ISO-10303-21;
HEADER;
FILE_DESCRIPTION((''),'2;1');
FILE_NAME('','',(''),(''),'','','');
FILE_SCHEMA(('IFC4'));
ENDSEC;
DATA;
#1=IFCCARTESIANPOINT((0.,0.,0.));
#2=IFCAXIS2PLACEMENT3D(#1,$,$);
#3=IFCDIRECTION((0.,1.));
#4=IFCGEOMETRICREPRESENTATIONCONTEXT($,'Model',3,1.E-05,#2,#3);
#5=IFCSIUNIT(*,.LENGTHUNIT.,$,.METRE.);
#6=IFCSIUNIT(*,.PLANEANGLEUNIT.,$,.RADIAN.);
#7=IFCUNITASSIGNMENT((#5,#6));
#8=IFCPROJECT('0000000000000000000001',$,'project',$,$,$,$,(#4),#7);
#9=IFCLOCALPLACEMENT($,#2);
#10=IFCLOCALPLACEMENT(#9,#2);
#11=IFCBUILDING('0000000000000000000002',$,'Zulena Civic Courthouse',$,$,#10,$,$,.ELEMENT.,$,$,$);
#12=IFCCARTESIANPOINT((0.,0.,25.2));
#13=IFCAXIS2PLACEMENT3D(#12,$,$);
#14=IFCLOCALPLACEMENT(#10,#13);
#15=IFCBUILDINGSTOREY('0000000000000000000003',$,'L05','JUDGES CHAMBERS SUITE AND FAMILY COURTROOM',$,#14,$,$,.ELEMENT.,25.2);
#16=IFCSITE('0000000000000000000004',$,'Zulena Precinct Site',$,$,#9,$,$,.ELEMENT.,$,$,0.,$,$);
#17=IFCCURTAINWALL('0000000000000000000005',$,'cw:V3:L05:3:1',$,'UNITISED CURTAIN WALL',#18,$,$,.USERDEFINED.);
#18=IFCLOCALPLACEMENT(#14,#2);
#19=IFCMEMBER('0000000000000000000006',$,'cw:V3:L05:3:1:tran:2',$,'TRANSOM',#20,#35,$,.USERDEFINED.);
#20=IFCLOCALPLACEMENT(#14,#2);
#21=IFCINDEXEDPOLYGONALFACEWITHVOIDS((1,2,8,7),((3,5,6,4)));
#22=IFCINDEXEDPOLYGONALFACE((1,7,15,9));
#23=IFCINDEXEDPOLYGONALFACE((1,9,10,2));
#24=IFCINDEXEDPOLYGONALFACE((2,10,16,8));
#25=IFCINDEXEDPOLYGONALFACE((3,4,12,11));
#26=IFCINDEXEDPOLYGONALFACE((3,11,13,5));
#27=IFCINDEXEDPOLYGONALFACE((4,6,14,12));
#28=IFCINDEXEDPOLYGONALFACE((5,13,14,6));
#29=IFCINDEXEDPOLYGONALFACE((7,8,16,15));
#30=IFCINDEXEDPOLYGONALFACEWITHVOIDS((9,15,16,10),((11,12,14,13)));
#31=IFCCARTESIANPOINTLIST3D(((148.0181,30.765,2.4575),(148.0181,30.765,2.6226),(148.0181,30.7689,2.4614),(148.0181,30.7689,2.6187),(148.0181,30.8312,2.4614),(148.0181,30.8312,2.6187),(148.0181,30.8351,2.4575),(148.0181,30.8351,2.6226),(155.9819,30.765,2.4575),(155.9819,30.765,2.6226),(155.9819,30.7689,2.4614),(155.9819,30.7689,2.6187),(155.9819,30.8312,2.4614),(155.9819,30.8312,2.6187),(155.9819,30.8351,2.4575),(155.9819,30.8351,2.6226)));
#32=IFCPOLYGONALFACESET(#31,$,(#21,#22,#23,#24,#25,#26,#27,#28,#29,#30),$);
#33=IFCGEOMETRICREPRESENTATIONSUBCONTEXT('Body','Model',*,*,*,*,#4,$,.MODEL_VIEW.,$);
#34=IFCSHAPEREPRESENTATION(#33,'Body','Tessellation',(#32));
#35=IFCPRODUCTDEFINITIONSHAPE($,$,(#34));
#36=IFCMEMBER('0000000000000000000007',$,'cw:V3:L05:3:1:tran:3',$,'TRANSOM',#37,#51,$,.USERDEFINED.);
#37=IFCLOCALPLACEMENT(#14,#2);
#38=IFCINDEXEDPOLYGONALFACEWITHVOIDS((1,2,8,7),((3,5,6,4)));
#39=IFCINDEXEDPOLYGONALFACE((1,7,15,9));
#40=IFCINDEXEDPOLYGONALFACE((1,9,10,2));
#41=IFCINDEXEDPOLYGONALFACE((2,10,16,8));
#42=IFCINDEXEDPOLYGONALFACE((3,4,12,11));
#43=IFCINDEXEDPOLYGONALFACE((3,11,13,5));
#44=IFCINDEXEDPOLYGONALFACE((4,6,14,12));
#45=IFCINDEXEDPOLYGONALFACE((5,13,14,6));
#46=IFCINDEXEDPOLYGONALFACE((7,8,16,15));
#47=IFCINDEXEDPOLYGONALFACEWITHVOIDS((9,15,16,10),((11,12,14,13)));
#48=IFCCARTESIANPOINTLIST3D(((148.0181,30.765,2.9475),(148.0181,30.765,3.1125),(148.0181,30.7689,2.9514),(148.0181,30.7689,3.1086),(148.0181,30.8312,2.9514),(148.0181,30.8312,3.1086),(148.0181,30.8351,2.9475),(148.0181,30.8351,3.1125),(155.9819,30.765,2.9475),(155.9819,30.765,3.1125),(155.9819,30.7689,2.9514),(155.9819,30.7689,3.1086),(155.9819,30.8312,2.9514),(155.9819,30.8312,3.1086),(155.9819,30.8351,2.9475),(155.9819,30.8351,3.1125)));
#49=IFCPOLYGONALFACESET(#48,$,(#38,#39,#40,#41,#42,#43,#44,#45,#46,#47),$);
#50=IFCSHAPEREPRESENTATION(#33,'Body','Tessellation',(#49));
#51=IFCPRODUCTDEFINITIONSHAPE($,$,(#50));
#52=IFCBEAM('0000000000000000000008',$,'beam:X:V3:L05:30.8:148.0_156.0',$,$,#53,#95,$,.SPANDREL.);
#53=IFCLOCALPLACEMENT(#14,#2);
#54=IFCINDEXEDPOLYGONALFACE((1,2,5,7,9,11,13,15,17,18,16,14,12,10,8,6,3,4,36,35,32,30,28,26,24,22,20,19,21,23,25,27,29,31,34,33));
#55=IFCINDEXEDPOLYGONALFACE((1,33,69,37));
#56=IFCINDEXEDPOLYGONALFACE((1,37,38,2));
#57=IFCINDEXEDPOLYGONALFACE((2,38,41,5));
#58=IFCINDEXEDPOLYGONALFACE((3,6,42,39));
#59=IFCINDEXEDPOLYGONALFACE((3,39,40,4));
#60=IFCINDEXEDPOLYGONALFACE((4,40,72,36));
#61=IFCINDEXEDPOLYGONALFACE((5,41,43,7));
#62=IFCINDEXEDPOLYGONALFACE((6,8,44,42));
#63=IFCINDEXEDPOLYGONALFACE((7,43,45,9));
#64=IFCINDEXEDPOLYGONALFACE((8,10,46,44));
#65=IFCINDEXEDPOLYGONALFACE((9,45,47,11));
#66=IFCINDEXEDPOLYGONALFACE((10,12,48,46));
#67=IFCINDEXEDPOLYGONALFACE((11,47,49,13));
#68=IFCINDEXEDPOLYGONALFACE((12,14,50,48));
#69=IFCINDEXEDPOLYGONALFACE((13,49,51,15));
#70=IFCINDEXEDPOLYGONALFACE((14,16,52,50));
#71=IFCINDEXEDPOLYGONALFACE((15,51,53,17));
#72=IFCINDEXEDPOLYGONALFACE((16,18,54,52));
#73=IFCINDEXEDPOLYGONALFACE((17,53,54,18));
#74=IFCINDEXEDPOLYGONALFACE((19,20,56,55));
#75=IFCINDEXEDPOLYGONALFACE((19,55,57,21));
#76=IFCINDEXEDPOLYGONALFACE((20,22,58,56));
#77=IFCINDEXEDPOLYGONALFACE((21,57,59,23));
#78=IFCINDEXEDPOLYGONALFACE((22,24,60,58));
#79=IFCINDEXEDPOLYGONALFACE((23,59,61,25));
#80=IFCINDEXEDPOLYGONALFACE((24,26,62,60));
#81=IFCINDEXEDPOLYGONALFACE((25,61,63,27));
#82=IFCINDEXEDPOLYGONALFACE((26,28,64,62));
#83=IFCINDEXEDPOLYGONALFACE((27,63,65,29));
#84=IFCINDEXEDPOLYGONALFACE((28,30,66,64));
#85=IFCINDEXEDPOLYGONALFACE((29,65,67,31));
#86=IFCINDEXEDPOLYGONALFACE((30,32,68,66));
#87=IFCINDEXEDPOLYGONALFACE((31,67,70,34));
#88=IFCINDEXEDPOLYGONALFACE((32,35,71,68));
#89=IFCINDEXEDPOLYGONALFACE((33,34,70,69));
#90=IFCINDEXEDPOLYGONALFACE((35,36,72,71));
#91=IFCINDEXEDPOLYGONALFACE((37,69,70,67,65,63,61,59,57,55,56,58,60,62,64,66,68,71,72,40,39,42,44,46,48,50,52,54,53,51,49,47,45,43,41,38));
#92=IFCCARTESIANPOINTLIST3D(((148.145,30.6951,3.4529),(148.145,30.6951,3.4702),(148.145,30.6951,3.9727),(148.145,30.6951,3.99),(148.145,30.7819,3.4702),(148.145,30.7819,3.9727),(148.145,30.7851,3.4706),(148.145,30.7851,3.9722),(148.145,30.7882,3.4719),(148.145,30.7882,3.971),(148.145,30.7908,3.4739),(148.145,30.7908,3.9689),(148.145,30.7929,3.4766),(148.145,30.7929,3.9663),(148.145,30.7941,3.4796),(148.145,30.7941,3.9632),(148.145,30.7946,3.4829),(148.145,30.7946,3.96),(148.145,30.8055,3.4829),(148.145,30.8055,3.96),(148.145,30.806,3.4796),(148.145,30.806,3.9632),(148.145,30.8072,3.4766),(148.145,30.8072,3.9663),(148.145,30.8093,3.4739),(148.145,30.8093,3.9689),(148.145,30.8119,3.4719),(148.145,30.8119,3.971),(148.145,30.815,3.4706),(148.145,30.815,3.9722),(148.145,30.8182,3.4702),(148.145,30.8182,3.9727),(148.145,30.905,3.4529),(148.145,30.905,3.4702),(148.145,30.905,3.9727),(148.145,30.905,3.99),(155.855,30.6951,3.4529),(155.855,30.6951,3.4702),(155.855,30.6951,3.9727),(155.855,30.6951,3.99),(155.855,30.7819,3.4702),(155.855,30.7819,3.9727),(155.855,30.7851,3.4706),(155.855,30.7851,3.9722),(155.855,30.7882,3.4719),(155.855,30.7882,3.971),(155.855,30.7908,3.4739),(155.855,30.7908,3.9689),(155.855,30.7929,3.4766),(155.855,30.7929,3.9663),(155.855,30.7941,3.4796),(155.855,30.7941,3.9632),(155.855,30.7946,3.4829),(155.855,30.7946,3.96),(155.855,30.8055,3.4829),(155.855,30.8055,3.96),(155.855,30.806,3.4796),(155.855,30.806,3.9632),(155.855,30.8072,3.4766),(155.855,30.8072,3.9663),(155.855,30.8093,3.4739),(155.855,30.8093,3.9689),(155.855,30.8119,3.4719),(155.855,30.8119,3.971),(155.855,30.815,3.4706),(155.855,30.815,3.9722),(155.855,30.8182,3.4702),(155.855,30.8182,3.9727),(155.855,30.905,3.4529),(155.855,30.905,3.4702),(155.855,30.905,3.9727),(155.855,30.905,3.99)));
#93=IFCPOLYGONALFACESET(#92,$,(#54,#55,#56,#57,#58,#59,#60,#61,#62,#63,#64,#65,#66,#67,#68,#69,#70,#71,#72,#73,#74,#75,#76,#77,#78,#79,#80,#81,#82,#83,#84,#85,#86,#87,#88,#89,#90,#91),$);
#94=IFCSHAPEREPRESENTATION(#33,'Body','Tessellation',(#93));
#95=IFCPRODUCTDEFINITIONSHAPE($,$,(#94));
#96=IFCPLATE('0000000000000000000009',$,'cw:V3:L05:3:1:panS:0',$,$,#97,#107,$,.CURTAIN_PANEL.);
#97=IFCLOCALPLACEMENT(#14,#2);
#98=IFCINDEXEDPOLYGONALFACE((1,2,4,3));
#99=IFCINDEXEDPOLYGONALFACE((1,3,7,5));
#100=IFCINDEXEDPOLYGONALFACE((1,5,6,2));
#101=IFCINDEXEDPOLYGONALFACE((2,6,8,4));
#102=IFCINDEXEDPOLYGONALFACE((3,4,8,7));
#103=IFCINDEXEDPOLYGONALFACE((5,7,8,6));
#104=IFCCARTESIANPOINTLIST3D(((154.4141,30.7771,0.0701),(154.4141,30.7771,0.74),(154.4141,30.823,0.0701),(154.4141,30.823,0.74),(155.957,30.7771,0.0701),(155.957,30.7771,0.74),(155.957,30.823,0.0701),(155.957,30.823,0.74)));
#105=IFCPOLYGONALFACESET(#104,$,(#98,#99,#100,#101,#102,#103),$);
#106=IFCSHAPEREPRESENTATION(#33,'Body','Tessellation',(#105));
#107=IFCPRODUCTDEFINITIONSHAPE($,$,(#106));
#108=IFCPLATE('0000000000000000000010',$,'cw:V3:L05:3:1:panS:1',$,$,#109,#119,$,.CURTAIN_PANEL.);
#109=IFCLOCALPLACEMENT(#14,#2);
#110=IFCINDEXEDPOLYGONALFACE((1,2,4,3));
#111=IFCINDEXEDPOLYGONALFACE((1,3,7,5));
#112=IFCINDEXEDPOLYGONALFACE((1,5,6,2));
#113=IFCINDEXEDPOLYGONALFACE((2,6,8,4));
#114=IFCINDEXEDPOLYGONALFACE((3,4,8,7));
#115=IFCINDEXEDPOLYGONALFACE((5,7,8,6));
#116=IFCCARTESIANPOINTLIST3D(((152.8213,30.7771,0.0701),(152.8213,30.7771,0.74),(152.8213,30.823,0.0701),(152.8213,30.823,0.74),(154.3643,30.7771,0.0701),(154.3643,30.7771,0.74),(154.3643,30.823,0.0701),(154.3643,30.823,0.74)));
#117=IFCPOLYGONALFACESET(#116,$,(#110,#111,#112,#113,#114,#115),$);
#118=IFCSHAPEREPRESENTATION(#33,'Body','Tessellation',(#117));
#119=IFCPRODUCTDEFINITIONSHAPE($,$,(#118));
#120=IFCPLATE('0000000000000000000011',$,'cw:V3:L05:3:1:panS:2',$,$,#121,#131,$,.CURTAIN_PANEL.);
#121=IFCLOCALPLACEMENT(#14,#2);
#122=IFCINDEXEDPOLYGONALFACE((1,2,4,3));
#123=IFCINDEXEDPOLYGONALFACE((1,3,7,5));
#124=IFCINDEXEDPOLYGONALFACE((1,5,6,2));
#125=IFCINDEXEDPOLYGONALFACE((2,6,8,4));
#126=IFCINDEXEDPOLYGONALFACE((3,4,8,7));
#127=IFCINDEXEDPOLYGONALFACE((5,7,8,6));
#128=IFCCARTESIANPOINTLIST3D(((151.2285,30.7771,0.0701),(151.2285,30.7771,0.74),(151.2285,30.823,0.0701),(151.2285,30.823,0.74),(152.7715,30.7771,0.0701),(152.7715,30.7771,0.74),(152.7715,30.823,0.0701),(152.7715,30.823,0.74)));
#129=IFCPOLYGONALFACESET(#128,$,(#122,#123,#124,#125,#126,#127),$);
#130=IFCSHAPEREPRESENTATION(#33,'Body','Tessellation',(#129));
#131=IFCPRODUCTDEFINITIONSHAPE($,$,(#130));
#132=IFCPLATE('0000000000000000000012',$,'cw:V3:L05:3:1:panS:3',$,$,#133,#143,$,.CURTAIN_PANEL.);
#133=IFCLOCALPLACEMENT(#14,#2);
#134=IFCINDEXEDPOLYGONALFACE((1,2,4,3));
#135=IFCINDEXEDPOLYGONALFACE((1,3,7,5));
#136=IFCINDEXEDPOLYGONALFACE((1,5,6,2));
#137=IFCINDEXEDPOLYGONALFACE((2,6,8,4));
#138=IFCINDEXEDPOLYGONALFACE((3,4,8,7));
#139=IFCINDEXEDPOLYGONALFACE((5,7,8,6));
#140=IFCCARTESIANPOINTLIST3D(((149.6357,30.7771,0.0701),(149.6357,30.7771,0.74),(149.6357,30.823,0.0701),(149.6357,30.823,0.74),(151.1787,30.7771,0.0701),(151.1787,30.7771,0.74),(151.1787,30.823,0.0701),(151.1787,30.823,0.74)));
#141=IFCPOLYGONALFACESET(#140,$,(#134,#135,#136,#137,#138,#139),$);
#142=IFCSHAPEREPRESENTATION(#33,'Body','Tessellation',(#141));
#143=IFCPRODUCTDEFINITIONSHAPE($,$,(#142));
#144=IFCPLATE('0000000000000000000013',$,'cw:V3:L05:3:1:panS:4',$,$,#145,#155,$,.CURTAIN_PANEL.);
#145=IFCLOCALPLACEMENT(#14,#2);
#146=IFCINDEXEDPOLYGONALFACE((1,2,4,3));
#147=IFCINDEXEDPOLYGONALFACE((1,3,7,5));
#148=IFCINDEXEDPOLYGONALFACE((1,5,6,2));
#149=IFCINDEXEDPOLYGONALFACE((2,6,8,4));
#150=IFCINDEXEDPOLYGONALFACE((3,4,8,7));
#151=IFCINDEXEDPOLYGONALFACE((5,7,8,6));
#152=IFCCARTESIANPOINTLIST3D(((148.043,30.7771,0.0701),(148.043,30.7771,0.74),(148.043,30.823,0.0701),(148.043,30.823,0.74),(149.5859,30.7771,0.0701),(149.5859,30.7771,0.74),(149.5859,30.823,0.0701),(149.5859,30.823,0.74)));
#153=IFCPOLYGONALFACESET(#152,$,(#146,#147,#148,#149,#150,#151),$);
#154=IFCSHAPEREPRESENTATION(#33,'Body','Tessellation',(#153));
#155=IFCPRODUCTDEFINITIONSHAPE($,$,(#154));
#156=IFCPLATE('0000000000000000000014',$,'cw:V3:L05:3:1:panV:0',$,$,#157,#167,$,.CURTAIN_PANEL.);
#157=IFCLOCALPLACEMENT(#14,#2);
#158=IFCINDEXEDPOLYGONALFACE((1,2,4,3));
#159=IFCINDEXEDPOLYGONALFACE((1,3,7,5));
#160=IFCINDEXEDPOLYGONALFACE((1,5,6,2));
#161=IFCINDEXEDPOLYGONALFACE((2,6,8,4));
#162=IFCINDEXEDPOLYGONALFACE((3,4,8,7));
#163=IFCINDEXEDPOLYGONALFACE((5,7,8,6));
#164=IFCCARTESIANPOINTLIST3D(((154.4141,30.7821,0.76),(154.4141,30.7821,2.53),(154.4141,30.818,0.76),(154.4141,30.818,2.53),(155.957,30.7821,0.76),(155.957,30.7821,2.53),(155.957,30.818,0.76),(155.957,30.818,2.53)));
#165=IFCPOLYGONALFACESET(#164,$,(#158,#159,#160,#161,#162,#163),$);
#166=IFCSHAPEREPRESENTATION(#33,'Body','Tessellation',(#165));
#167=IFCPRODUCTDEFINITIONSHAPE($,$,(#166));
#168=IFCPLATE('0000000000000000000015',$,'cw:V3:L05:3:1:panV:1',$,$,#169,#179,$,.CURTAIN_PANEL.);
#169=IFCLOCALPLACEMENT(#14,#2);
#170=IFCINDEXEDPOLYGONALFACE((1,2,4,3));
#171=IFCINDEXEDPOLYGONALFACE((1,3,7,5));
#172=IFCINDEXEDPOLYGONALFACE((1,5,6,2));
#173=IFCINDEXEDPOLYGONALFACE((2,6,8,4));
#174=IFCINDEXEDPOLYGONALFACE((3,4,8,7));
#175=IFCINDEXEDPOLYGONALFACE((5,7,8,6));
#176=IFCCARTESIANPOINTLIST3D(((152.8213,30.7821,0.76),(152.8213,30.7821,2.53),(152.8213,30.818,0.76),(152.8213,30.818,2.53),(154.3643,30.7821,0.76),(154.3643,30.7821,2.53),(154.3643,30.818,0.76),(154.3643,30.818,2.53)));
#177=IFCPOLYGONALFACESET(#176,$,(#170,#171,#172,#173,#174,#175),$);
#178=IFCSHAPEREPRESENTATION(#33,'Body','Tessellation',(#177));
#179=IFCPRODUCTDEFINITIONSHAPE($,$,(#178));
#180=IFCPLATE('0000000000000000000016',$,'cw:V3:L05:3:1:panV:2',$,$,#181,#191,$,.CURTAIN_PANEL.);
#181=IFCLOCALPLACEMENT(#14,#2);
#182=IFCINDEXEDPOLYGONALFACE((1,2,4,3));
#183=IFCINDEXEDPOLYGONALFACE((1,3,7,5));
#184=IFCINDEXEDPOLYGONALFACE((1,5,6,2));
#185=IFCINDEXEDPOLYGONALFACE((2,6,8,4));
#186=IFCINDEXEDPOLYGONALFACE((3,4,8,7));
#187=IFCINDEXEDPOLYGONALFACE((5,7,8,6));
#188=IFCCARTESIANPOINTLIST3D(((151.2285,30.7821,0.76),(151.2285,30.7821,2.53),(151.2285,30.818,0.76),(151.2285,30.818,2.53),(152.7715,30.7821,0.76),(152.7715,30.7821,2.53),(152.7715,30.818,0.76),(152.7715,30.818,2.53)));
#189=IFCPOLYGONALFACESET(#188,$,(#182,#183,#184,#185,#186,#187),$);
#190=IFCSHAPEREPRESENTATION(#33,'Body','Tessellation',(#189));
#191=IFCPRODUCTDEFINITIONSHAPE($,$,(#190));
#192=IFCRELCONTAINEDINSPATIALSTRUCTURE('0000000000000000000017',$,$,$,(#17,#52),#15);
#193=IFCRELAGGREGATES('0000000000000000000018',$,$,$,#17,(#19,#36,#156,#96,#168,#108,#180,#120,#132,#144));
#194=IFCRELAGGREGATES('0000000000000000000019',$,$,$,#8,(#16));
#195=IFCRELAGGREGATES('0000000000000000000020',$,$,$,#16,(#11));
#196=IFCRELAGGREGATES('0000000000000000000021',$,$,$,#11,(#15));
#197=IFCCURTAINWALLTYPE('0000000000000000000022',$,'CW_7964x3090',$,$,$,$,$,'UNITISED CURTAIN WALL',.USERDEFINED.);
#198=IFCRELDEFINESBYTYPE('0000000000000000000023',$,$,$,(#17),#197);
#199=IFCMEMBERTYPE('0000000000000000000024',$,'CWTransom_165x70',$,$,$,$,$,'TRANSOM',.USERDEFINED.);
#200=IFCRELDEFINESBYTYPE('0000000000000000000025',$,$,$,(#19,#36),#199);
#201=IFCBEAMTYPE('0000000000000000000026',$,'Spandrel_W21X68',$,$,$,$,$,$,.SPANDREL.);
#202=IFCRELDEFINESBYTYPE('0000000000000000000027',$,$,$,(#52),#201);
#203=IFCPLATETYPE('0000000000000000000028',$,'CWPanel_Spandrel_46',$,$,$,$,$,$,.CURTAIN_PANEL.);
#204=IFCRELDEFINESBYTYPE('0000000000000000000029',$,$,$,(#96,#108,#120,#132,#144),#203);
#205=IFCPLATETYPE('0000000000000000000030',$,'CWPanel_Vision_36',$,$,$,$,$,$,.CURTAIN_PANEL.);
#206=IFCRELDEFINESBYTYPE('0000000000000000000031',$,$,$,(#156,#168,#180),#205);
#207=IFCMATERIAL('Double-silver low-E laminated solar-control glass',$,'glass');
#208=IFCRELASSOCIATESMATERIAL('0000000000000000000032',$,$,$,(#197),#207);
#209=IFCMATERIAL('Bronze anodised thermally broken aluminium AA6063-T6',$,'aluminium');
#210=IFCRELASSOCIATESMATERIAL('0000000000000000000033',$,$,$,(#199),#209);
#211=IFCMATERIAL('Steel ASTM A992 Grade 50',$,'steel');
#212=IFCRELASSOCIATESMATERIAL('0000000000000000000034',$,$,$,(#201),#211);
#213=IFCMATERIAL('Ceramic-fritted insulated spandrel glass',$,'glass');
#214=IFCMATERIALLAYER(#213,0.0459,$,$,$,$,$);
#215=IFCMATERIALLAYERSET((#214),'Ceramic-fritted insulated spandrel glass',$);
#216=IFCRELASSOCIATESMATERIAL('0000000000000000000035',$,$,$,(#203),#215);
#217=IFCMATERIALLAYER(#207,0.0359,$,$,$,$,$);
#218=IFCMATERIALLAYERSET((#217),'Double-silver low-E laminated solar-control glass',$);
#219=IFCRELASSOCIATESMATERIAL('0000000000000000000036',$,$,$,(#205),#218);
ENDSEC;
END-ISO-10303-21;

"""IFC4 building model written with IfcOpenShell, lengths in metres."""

from ifc_helpers import new_model, si_unit, direction, frame, origin, origin_2d, place, context, subcontext, project, spatial, rectangle, hollow_rectangle, i_section, extrude, material, layer, layer_set, material_profile, profile_set, type_object, element, aggregate, save


model = new_model("IFC4")

# Units and contexts
model_context = context("Model", 3, precision=1e-05, world=origin(), true_north=direction((0.0, 1.0)))
body_context = subcontext(model_context, "Body", "Model", "MODEL_VIEW")
ifc_project = project(units=[si_unit("LENGTHUNIT", "METRE"), si_unit("PLANEANGLEUNIT", "RADIAN")], contexts=[model_context])

# Site, building, storey
site_placement = place(None, origin())
site = spatial("IfcSite", under=ifc_project, at=site_placement, Name="Zulena Precinct Site", CompositionType="ELEMENT", RefElevation=0.0)
building_placement = place(site_placement, origin())
building = spatial("IfcBuilding", under=site, at=building_placement, Name="Zulena Civic Courthouse", CompositionType="ELEMENT")
storey_placement = place(building_placement, frame((0.0, 0.0, 25.2)))
storey = spatial("IfcBuildingStorey", under=building, at=storey_placement, Name="L05", Description="JUDGES CHAMBERS SUITE AND FAMILY COURTROOM", CompositionType="ELEMENT", Elevation=25.2)

# Shared definitions
ifc_material_1 = material(Name="Steel ASTM A992 Grade 50", Category="steel")

# Curtain wall, members
ifc_material_2 = material(Name="Double-silver low-E laminated solar-control glass", Category="glass")
curtain_wall_type = type_object("IfcCurtainWallType", Name="CW_7964x3090", ElementType="UNITISED CURTAIN WALL", PredefinedType="USERDEFINED", material=ifc_material_2)
curtain_wall_placement = place(storey_placement, origin())
curtain_wall = element("IfcCurtainWall", 1, at=curtain_wall_placement, inside=storey, type_object=curtain_wall_type, Name="cw:V3:L05:3:1", ObjectType="UNITISED CURTAIN WALL", PredefinedType="USERDEFINED")
ifc_material_3 = material(Name="Bronze anodised thermally broken aluminium AA6063-T6", Category="aluminium")
ifc_material_profile_1 = material_profile(ifc_material_3, hollow_rectangle(XDim=0.0701, YDim=0.165, WallThickness=0.0039, at=origin_2d()), Name="CWT165X70X4")
ifc_profile_set_1 = profile_set([ifc_material_profile_1], Name="Bronze anodised thermally broken aluminium AA6063-T6")
member_type_1 = type_object("IfcMemberType", Name="CWTransom_165x70", ElementType="TRANSOM", PredefinedType="USERDEFINED", material=ifc_profile_set_1)
member_1_placement = place(storey_placement, frame((155.9819, 30.8, 2.54), z_axis=(-1.0, 0.0, 0.0), x_axis=(0.0, -1.0, 0.0)))
member_1 = element("IfcMember", 2, at=member_1_placement, type_object=member_type_1, Name="cw:V3:L05:3:1:tran:2", ObjectType="TRANSOM", PredefinedType="USERDEFINED", context=body_context, shape_type="SweptSolid", body=[
    extrude(hollow_rectangle(XDim=0.0701, YDim=0.165, WallThickness=0.0039, at=origin_2d()), origin(), (0.0, 0.0, 1.0), 7.9639),
])
member_2_placement = place(storey_placement, frame((155.9819, 30.8, 3.03), z_axis=(-1.0, 0.0, 0.0), x_axis=(0.0, -1.0, 0.0)))
member_2 = element("IfcMember", 3, at=member_2_placement, type_object=member_type_1, Name="cw:V3:L05:3:1:tran:3", ObjectType="TRANSOM", PredefinedType="USERDEFINED", context=body_context, shape_type="SweptSolid", body=[
    extrude(hollow_rectangle(XDim=0.0701, YDim=0.165, WallThickness=0.0039, at=origin_2d()), origin(), (0.0, 0.0, 1.0), 7.9639),
])

# Beam
ifc_material_profile_2 = material_profile(ifc_material_1, i_section(OverallWidth=0.21, OverallDepth=0.5371, WebThickness=0.011, FlangeThickness=0.0173, FilletRadius=0.0127, at=origin_2d()), Name="W21X68")
ifc_profile_set_2 = profile_set([ifc_material_profile_2], Name="Steel ASTM A992 Grade 50")
beam_type = type_object("IfcBeamType", Name="Spandrel_W21X68", PredefinedType="SPANDREL", material=ifc_profile_set_2)
beam_placement = place(storey_placement, frame((148.145, 30.8, 3.7214), z_axis=(1.0, 0.0, 0.0), x_axis=(0.0, 1.0, 0.0)))
element("IfcBeam", 4, at=beam_placement, inside=storey, type_object=beam_type, Name="beam:X:V3:L05:30.8:148.0_156.0", PredefinedType="SPANDREL", context=body_context, shape_type="SweptSolid", body=[
    extrude(i_section(OverallWidth=0.21, OverallDepth=0.5371, WebThickness=0.011, FlangeThickness=0.0173, FilletRadius=0.0127, at=origin_2d()), origin(), (0.0, 0.0, 1.0), 7.71),
])

# Plates
ifc_material_4 = material(Name="Ceramic-fritted insulated spandrel glass", Category="glass")
ifc_layer_1 = layer(ifc_material_4, 0.0459)
ifc_layer_set_1 = layer_set([ifc_layer_1], Name="Ceramic-fritted insulated spandrel glass")
plate_type_1 = type_object("IfcPlateType", Name="CWPanel_Spandrel_46", PredefinedType="CURTAIN_PANEL", material=ifc_layer_set_1)
plate_1_placement = place(storey_placement, frame((155.1855, 30.8, 0.0701), z_axis=(0.0, 0.0, 1.0), x_axis=(-1.0, 0.0, 0.0)))
plate_1 = element("IfcPlate", 5, at=plate_1_placement, type_object=plate_type_1, Name="cw:V3:L05:3:1:panS:0", PredefinedType="CURTAIN_PANEL", context=body_context, shape_type="SweptSolid", body=[
    extrude(rectangle(XDim=1.543, YDim=0.0459, at=origin_2d()), origin(), (0.0, 0.0, 1.0), 0.6699),
])
plate_2_placement = place(storey_placement, frame((153.5928, 30.8, 0.0701), z_axis=(0.0, 0.0, 1.0), x_axis=(-1.0, 0.0, 0.0)))
plate_2 = element("IfcPlate", 6, at=plate_2_placement, type_object=plate_type_1, Name="cw:V3:L05:3:1:panS:1", PredefinedType="CURTAIN_PANEL", context=body_context, shape_type="SweptSolid", body=[
    extrude(rectangle(XDim=1.543, YDim=0.0459, at=origin_2d()), origin(), (0.0, 0.0, 1.0), 0.6699),
])
plate_3_placement = place(storey_placement, frame((152.0, 30.8, 0.0701), z_axis=(0.0, 0.0, 1.0), x_axis=(-1.0, 0.0, 0.0)))
plate_3 = element("IfcPlate", 7, at=plate_3_placement, type_object=plate_type_1, Name="cw:V3:L05:3:1:panS:2", PredefinedType="CURTAIN_PANEL", context=body_context, shape_type="SweptSolid", body=[
    extrude(rectangle(XDim=1.543, YDim=0.0459, at=origin_2d()), origin(), (0.0, 0.0, 1.0), 0.6699),
])
plate_4_placement = place(storey_placement, frame((150.4072, 30.8, 0.0701), z_axis=(0.0, 0.0, 1.0), x_axis=(-1.0, 0.0, 0.0)))
plate_4 = element("IfcPlate", 8, at=plate_4_placement, type_object=plate_type_1, Name="cw:V3:L05:3:1:panS:3", PredefinedType="CURTAIN_PANEL", context=body_context, shape_type="SweptSolid", body=[
    extrude(rectangle(XDim=1.543, YDim=0.0459, at=origin_2d()), origin(), (0.0, 0.0, 1.0), 0.6699),
])
plate_5_placement = place(storey_placement, frame((148.8145, 30.8, 0.0701), z_axis=(0.0, 0.0, 1.0), x_axis=(-1.0, 0.0, 0.0)))
plate_5 = element("IfcPlate", 9, at=plate_5_placement, type_object=plate_type_1, Name="cw:V3:L05:3:1:panS:4", PredefinedType="CURTAIN_PANEL", context=body_context, shape_type="SweptSolid", body=[
    extrude(rectangle(XDim=1.543, YDim=0.0459, at=origin_2d()), origin(), (0.0, 0.0, 1.0), 0.6699),
])
ifc_layer_2 = layer(ifc_material_2, 0.0359)
ifc_layer_set_2 = layer_set([ifc_layer_2], Name="Double-silver low-E laminated solar-control glass")
plate_type_2 = type_object("IfcPlateType", Name="CWPanel_Vision_36", PredefinedType="CURTAIN_PANEL", material=ifc_layer_set_2)
plate_6_placement = place(storey_placement, frame((155.1855, 30.8, 0.76), z_axis=(0.0, 0.0, 1.0), x_axis=(-1.0, 0.0, 0.0)))
plate_6 = element("IfcPlate", 10, at=plate_6_placement, type_object=plate_type_2, Name="cw:V3:L05:3:1:panV:0", PredefinedType="CURTAIN_PANEL", context=body_context, shape_type="SweptSolid", body=[
    extrude(rectangle(XDim=1.543, YDim=0.0359, at=origin_2d()), origin(), (0.0, 0.0, 1.0), 1.77),
])
plate_7_placement = place(storey_placement, frame((153.5928, 30.8, 0.76), z_axis=(0.0, 0.0, 1.0), x_axis=(-1.0, 0.0, 0.0)))
plate_7 = element("IfcPlate", 11, at=plate_7_placement, type_object=plate_type_2, Name="cw:V3:L05:3:1:panV:1", PredefinedType="CURTAIN_PANEL", context=body_context, shape_type="SweptSolid", body=[
    extrude(rectangle(XDim=1.543, YDim=0.0359, at=origin_2d()), origin(), (0.0, 0.0, 1.0), 1.77),
])
plate_8_placement = place(storey_placement, frame((152.0, 30.8, 0.76), z_axis=(0.0, 0.0, 1.0), x_axis=(-1.0, 0.0, 0.0)))
plate_8 = element("IfcPlate", 12, at=plate_8_placement, type_object=plate_type_2, Name="cw:V3:L05:3:1:panV:2", PredefinedType="CURTAIN_PANEL", context=body_context, shape_type="SweptSolid", body=[
    extrude(rectangle(XDim=1.543, YDim=0.0359, at=origin_2d()), origin(), (0.0, 0.0, 1.0), 1.77),
])
aggregate(curtain_wall, [member_1, member_2, plate_6, plate_1, plate_7, plate_2, plate_8, plate_3, plate_4, plate_5])

save(model, "model.ifc")
